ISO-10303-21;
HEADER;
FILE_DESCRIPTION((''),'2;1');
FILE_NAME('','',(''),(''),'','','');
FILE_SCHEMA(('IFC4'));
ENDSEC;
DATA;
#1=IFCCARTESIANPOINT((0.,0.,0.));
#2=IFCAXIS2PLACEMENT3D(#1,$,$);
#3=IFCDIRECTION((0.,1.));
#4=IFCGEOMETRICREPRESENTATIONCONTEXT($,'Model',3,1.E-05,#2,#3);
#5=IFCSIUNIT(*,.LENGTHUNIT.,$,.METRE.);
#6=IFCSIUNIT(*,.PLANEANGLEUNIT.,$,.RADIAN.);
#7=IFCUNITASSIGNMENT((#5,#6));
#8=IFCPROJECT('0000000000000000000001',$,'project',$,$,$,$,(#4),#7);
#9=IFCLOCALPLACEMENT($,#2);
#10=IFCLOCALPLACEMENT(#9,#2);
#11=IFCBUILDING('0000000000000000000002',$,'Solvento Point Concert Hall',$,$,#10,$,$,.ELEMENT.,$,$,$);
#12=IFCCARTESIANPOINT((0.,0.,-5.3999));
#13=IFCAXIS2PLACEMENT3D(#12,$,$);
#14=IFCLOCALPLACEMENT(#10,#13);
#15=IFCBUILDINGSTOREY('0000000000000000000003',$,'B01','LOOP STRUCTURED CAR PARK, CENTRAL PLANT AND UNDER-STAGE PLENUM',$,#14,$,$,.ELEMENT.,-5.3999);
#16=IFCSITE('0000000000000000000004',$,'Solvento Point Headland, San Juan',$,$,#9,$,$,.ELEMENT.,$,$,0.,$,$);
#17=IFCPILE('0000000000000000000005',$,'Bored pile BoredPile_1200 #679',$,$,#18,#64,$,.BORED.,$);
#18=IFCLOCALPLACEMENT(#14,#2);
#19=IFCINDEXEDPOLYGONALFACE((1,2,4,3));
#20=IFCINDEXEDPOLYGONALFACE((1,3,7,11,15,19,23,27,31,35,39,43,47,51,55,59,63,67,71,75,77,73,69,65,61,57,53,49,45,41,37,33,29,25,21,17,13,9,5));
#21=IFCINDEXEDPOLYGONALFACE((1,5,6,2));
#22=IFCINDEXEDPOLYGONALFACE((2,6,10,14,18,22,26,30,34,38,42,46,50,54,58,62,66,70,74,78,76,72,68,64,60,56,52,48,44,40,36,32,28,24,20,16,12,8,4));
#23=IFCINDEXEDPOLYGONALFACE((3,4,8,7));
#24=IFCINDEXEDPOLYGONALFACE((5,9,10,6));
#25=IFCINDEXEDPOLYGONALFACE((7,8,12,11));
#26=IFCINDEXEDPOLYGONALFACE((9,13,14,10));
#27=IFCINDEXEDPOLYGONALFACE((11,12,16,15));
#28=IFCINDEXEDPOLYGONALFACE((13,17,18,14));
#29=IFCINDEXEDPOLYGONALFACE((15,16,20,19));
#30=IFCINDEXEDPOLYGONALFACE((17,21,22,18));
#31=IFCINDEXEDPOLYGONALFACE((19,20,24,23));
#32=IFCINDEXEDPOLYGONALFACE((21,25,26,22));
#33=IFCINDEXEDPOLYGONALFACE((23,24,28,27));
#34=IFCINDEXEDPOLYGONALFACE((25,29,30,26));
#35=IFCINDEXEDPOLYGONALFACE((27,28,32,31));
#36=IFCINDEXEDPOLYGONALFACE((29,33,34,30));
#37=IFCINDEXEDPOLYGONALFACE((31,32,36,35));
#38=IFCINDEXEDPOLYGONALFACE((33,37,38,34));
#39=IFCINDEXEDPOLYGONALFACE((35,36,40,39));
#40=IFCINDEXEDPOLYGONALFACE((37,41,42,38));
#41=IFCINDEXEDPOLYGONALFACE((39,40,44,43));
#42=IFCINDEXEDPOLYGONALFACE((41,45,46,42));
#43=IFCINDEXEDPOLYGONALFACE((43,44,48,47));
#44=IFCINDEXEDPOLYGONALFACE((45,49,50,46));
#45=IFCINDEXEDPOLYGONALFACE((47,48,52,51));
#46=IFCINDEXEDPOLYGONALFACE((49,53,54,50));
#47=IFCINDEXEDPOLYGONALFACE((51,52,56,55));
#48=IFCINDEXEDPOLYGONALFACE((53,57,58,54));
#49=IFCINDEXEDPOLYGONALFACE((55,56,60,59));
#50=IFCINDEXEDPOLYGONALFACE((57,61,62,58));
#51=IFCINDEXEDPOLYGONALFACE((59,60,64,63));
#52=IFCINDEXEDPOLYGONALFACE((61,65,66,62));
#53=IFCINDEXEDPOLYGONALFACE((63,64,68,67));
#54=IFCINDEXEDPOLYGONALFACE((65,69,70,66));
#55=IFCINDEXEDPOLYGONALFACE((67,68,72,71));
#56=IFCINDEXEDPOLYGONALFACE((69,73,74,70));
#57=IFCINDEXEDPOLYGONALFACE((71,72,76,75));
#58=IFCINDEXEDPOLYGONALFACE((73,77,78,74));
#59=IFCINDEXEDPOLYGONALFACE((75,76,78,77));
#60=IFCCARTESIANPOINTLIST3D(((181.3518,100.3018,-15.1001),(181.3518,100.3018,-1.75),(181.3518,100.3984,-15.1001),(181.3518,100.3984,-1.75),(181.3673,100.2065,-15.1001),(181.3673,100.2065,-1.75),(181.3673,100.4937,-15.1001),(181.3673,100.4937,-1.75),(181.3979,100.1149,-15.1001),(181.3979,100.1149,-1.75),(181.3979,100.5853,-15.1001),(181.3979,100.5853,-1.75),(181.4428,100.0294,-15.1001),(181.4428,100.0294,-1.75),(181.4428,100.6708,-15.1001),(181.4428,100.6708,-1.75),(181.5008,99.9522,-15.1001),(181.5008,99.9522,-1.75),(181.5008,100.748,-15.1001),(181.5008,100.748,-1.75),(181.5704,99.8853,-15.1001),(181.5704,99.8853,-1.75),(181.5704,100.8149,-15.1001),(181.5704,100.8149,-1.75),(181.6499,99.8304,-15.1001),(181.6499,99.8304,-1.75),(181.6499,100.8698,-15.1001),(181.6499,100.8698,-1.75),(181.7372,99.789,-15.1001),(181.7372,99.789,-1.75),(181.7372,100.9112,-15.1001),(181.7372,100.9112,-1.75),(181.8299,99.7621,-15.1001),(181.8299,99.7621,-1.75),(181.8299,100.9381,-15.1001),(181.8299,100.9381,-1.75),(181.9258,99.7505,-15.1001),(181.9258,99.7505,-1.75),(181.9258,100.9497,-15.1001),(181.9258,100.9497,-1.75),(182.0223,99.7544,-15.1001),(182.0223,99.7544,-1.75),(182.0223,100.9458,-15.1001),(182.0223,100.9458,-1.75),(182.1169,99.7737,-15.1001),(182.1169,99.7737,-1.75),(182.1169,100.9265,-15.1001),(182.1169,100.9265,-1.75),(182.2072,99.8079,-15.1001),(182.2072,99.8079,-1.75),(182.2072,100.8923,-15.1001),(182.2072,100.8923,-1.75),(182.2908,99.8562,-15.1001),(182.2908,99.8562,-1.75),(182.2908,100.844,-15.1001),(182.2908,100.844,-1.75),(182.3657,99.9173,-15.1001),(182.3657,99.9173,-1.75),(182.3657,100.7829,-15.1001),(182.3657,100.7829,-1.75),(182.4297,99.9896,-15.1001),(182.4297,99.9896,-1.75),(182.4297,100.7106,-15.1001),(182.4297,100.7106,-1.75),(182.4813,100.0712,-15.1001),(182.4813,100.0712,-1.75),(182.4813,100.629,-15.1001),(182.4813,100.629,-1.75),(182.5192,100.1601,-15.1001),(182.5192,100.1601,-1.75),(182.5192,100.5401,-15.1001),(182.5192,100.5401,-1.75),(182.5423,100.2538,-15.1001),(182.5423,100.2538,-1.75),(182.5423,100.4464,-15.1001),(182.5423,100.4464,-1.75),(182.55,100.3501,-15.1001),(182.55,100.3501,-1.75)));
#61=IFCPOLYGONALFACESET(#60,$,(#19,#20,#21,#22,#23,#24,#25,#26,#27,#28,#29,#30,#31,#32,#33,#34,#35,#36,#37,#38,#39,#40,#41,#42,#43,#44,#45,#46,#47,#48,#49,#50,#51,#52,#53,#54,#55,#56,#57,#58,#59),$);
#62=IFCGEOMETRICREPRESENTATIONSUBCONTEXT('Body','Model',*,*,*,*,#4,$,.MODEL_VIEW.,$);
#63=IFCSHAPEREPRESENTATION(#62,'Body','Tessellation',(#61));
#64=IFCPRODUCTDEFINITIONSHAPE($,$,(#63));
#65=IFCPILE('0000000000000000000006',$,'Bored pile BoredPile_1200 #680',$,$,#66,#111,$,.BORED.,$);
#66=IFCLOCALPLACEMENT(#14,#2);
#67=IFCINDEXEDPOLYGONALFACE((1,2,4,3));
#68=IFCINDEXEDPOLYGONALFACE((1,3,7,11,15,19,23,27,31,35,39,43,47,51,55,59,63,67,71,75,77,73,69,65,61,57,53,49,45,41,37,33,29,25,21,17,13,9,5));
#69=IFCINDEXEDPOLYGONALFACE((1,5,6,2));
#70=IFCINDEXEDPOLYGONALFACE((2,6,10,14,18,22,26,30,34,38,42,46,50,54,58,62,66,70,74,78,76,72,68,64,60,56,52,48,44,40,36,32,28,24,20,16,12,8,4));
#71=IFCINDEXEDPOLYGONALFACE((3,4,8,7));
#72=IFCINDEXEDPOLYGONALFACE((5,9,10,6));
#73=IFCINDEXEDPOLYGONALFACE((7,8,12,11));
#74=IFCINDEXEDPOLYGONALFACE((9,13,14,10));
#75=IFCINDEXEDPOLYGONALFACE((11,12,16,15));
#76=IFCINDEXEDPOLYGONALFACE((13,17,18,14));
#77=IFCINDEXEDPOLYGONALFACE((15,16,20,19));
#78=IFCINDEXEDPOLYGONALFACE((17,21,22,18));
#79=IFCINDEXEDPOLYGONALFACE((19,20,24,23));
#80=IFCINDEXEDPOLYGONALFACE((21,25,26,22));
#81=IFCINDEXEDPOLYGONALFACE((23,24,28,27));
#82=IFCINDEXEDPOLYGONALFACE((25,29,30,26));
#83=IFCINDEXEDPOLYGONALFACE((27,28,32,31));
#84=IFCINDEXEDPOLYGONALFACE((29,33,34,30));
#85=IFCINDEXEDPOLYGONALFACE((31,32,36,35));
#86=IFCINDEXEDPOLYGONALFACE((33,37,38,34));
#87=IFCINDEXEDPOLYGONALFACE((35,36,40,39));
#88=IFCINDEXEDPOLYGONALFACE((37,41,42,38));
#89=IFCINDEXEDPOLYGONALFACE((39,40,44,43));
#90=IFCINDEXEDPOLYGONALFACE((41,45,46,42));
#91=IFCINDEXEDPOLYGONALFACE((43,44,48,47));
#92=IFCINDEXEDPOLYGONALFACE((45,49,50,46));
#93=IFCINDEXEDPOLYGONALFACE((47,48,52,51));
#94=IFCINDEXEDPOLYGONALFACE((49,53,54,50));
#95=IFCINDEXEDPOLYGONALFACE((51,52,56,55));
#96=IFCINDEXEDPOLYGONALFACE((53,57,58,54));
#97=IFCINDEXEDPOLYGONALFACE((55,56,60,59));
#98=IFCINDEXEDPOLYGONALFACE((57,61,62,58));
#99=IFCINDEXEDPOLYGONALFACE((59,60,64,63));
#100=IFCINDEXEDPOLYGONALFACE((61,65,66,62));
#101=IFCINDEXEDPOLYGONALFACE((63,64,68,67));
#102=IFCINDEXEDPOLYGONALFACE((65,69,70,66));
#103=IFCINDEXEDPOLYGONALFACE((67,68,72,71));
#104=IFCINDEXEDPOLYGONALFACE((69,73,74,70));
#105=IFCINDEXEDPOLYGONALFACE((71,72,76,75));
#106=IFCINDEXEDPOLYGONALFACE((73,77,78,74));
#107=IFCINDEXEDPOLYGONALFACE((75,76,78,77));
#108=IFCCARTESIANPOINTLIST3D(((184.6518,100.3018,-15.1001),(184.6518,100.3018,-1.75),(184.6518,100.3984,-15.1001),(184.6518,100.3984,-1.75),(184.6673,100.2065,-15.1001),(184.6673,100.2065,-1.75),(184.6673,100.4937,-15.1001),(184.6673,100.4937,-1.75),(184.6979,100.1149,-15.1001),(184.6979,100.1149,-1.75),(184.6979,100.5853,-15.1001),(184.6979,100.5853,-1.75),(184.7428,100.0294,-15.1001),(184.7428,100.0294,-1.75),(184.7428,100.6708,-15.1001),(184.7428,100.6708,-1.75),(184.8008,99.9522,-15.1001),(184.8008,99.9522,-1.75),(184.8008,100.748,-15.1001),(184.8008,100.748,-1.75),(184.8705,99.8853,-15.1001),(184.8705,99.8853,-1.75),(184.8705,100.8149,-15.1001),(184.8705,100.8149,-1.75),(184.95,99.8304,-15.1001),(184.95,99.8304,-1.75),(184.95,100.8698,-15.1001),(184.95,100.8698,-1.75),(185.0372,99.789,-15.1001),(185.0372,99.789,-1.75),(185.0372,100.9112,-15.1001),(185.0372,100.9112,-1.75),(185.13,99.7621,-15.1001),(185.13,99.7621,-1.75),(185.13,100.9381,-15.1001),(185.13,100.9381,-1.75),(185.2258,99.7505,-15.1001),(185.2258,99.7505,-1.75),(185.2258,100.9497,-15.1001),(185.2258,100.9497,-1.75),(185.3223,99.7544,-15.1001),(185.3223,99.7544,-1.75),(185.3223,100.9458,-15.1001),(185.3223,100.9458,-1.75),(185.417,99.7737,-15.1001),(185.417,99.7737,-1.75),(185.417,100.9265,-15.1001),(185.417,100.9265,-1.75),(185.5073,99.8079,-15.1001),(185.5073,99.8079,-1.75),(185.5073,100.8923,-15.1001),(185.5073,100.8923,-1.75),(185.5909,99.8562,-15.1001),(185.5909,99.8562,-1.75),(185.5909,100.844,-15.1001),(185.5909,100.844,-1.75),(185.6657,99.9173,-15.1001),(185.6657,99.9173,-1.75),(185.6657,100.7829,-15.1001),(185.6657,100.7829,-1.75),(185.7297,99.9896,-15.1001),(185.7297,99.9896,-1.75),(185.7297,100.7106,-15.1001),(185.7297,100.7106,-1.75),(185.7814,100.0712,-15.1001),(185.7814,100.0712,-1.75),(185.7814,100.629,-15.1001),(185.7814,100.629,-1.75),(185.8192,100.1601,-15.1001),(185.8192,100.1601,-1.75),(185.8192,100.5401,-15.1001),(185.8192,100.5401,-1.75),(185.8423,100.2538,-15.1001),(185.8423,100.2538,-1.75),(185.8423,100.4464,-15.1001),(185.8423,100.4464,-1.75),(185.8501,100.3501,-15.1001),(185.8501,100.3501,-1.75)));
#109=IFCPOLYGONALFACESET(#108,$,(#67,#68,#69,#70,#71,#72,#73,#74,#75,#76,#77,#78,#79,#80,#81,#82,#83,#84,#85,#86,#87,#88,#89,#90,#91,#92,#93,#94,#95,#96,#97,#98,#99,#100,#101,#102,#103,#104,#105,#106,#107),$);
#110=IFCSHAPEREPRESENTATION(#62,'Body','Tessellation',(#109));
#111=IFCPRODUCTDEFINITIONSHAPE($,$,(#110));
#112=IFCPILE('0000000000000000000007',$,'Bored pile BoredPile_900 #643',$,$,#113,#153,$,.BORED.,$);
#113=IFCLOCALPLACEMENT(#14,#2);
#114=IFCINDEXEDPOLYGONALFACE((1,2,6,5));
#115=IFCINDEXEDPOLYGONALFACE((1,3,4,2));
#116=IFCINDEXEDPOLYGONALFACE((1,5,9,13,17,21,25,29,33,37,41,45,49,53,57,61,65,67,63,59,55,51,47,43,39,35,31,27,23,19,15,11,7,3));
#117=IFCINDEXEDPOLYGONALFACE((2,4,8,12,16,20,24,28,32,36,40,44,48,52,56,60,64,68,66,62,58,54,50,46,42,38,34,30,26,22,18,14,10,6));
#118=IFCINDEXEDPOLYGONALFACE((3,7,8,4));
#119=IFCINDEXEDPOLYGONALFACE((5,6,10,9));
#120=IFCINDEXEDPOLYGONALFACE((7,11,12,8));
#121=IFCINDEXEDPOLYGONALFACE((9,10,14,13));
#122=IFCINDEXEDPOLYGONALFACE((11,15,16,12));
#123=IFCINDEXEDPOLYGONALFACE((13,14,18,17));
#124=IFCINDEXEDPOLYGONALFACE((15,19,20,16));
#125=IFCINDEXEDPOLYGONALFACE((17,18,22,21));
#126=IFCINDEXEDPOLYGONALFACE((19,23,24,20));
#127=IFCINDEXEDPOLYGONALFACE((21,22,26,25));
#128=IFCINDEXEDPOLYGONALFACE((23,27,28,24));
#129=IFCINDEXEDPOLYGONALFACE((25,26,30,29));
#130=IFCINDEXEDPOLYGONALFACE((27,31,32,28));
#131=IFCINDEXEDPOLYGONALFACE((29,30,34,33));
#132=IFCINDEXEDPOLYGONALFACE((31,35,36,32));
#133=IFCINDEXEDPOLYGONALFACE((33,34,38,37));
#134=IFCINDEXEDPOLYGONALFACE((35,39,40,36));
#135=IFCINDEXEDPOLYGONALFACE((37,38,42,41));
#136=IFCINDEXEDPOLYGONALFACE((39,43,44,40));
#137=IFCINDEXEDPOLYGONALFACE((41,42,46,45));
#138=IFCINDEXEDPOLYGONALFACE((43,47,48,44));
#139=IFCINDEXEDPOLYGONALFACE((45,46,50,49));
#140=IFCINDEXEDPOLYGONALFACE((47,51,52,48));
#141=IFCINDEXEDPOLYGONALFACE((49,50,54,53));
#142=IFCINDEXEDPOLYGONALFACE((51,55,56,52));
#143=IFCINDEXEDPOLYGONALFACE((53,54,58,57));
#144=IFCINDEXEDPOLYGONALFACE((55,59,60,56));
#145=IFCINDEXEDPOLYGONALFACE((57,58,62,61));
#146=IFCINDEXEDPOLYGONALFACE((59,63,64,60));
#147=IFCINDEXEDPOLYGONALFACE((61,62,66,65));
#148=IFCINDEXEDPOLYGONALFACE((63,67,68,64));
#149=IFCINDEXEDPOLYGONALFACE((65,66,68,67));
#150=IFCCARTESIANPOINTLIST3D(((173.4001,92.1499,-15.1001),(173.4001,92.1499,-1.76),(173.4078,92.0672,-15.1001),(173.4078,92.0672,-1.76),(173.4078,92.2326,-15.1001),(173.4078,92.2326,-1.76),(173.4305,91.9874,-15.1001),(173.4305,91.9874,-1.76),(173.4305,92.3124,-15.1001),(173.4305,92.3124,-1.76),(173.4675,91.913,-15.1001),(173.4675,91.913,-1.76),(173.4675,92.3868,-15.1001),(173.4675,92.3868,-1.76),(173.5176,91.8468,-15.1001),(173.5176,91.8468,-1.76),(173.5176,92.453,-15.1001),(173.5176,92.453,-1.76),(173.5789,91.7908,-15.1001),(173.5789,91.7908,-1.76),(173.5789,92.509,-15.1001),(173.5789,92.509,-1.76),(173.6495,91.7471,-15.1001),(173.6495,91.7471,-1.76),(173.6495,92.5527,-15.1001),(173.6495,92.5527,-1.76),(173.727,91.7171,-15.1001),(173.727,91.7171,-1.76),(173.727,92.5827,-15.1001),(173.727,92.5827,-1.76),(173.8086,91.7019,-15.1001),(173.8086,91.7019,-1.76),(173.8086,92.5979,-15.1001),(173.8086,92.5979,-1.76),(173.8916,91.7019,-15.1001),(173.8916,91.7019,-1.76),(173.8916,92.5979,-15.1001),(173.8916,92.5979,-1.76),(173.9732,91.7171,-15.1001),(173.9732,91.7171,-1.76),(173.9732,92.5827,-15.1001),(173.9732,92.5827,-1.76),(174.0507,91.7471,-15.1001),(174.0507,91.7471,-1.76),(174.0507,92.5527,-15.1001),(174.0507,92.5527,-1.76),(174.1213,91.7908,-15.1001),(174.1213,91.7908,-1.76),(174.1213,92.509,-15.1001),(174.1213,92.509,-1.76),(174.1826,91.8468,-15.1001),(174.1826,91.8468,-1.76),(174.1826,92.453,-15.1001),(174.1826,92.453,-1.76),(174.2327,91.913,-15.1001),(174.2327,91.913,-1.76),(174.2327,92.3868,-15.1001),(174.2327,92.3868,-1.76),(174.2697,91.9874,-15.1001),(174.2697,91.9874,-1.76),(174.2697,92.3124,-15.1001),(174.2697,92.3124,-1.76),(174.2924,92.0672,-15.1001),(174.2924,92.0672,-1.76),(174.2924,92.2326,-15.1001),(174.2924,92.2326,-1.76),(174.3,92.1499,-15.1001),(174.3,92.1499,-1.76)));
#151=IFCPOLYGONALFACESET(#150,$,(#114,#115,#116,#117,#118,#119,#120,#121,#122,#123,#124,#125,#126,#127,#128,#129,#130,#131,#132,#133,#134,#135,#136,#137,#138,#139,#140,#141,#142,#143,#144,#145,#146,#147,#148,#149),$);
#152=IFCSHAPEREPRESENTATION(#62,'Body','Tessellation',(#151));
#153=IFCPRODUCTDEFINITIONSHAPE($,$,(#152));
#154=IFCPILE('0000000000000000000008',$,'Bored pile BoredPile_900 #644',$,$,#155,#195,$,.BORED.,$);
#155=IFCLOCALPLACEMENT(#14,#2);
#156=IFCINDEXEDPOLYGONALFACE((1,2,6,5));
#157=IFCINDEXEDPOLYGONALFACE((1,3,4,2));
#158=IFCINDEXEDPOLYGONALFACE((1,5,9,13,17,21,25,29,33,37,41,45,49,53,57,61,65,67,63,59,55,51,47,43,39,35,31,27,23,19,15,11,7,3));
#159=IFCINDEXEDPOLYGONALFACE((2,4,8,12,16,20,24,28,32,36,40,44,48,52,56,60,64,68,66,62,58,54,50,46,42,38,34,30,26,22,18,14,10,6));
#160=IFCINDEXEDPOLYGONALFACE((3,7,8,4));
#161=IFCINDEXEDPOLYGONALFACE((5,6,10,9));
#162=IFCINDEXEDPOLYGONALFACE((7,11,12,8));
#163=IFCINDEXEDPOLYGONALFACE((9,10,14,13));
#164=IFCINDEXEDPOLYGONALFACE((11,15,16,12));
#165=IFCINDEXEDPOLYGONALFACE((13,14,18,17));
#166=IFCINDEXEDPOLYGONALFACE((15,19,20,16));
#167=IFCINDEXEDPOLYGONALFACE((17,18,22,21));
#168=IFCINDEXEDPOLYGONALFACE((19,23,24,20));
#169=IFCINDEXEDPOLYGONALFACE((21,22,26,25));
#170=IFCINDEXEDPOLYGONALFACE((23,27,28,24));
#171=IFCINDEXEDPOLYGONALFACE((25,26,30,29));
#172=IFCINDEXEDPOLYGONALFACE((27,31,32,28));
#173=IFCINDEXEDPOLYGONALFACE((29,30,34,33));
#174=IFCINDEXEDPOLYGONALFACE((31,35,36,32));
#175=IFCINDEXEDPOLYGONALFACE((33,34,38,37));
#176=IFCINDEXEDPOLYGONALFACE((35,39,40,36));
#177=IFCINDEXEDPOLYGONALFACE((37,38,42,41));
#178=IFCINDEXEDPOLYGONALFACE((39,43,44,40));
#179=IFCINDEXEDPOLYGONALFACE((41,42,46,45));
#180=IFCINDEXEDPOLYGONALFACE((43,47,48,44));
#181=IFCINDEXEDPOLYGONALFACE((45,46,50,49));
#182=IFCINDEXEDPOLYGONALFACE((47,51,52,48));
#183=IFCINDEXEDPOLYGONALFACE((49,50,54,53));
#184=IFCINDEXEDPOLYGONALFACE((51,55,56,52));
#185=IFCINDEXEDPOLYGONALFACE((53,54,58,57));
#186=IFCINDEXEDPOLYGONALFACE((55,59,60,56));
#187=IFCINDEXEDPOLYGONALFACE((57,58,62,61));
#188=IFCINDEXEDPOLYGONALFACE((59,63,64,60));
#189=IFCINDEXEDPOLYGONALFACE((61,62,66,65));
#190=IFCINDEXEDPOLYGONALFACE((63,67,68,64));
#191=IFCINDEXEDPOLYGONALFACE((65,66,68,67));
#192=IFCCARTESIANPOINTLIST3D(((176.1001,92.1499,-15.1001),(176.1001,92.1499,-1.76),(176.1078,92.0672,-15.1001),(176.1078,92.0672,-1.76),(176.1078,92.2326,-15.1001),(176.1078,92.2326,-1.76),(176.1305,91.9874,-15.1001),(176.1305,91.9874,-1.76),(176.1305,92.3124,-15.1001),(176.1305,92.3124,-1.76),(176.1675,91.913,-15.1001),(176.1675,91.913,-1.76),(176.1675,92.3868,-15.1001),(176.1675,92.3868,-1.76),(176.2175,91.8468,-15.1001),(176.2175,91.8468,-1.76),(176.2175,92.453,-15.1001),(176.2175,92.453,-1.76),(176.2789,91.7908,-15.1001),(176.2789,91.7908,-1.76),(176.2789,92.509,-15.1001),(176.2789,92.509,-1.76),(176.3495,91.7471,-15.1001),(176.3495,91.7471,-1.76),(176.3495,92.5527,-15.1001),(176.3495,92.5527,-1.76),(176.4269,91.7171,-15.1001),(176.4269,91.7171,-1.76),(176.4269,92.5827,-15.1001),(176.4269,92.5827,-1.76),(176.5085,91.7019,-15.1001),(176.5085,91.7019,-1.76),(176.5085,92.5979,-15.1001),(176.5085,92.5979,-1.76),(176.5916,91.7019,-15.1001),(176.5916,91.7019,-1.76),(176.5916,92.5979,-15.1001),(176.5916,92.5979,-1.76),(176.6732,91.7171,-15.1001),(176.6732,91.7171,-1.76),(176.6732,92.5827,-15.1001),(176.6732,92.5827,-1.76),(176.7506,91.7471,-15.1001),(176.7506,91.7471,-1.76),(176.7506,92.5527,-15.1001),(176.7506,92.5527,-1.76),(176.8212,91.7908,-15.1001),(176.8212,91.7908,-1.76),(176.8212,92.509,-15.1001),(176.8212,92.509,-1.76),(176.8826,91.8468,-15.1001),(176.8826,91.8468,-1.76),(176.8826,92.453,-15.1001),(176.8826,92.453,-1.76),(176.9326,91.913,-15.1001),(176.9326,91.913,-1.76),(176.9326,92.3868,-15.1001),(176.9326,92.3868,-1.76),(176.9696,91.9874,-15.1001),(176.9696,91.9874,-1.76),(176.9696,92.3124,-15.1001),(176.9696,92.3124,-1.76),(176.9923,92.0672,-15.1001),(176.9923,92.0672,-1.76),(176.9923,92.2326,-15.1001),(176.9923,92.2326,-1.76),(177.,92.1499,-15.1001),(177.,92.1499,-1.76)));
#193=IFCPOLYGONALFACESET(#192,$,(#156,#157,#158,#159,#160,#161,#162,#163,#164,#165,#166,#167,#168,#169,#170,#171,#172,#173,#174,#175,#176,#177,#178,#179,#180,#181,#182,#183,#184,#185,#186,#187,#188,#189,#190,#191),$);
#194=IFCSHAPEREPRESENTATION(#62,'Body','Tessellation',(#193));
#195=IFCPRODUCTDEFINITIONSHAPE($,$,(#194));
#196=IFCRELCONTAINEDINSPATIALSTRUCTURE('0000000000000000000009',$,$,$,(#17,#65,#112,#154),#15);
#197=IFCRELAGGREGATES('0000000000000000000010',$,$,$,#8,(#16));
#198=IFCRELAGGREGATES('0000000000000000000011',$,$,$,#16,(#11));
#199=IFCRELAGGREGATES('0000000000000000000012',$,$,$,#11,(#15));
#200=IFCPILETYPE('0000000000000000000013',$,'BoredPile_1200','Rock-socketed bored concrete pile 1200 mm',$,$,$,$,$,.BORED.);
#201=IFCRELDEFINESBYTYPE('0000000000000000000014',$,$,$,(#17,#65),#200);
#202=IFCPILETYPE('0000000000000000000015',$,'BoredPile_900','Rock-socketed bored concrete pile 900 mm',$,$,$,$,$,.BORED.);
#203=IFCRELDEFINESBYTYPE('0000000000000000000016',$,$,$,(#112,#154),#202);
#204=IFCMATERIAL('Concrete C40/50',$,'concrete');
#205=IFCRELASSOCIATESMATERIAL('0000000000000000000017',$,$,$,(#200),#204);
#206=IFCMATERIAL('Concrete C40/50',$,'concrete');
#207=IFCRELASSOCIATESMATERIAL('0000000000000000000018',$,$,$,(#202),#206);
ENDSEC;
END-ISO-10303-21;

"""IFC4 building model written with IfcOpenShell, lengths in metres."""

from ifc_helpers import new_model, si_unit, direction, frame, origin, origin_2d, place, context, subcontext, project, spatial, circle, extrude, material, material_profile, profile_set, type_object, element, save


model = new_model("IFC4")

# Units and contexts
model_context = context("Model", 3, precision=1e-05, world=origin(), true_north=direction((0.0, 1.0)))
body_context = subcontext(model_context, "Body", "Model", "MODEL_VIEW")
ifc_project = project(units=[si_unit("LENGTHUNIT", "METRE"), si_unit("PLANEANGLEUNIT", "RADIAN")], contexts=[model_context])

# Site, building, storey
site_placement = place(None, origin())
site = spatial("IfcSite", under=ifc_project, at=site_placement, Name="Solvento Point Headland, San Juan", CompositionType="ELEMENT", RefElevation=0.0)
building_placement = place(site_placement, origin())
building = spatial("IfcBuilding", under=site, at=building_placement, Name="Solvento Point Concert Hall", CompositionType="ELEMENT")
storey_placement = place(building_placement, frame((0.0, 0.0, -5.3999)))
storey = spatial("IfcBuildingStorey", under=building, at=storey_placement, Name="B01", Description="LOOP STRUCTURED CAR PARK, CENTRAL PLANT AND UNDER-STAGE PLENUM", CompositionType="ELEMENT", Elevation=-5.3999)

# Piles
ifc_material_1 = material(Name="Concrete C40/50", Category="concrete")
ifc_material_profile_1 = material_profile(ifc_material_1, circle(Radius=0.6001, at=origin_2d()), Name="BP-1200")
ifc_profile_set_1 = profile_set([ifc_material_profile_1], Name="Concrete C40/50")
pile_type_1 = type_object("IfcPileType", Name="BoredPile_1200", Description="Rock-socketed bored concrete pile 1200 mm", PredefinedType="BORED", material=ifc_profile_set_1)
for number, where, z_axis, x_axis, name in (
    (1, (181.95, 100.3501, -1.75), (0.0, 0.0, -1.0), (1.0, 0.0, 0.0), "Bored pile BoredPile_1200 #679"),
    (2, (185.25, 100.3501, -1.75), (0.0, 0.0, -1.0), (1.0, 0.0, 0.0), "Bored pile BoredPile_1200 #680"),
):
    element("IfcPile", number, at=place(storey_placement, frame(where, z_axis=z_axis, x_axis=x_axis)), inside=storey, type_object=pile_type_1, Name=name, PredefinedType="BORED", context=body_context, shape_type="SweptSolid", body=[
        extrude(circle(Radius=0.6001, at=origin_2d()), origin(), (0.0, 0.0, 1.0), 13.3501),
    ])
ifc_material_2 = material(Name="Concrete C40/50", Category="concrete")
ifc_material_profile_2 = material_profile(ifc_material_2, circle(Radius=0.45, at=origin_2d()), Name="BP-900")
ifc_profile_set_2 = profile_set([ifc_material_profile_2], Name="Concrete C40/50")
pile_type_2 = type_object("IfcPileType", Name="BoredPile_900", Description="Rock-socketed bored concrete pile 900 mm", PredefinedType="BORED", material=ifc_profile_set_2)
for number, where, z_axis, x_axis, name in (
    (3, (173.8501, 92.1499, -1.76), (0.0, 0.0, -1.0), (1.0, 0.0, 0.0), "Bored pile BoredPile_900 #643"),
    (4, (176.55, 92.1499, -1.76), (0.0, 0.0, -1.0), (1.0, 0.0, 0.0), "Bored pile BoredPile_900 #644"),
):
    element("IfcPile", number, at=place(storey_placement, frame(where, z_axis=z_axis, x_axis=x_axis)), inside=storey, type_object=pile_type_2, Name=name, PredefinedType="BORED", context=body_context, shape_type="SweptSolid", body=[
        extrude(circle(Radius=0.45, at=origin_2d()), origin(), (0.0, 0.0, 1.0), 13.3401),
    ])

save(model, "model.ifc")
